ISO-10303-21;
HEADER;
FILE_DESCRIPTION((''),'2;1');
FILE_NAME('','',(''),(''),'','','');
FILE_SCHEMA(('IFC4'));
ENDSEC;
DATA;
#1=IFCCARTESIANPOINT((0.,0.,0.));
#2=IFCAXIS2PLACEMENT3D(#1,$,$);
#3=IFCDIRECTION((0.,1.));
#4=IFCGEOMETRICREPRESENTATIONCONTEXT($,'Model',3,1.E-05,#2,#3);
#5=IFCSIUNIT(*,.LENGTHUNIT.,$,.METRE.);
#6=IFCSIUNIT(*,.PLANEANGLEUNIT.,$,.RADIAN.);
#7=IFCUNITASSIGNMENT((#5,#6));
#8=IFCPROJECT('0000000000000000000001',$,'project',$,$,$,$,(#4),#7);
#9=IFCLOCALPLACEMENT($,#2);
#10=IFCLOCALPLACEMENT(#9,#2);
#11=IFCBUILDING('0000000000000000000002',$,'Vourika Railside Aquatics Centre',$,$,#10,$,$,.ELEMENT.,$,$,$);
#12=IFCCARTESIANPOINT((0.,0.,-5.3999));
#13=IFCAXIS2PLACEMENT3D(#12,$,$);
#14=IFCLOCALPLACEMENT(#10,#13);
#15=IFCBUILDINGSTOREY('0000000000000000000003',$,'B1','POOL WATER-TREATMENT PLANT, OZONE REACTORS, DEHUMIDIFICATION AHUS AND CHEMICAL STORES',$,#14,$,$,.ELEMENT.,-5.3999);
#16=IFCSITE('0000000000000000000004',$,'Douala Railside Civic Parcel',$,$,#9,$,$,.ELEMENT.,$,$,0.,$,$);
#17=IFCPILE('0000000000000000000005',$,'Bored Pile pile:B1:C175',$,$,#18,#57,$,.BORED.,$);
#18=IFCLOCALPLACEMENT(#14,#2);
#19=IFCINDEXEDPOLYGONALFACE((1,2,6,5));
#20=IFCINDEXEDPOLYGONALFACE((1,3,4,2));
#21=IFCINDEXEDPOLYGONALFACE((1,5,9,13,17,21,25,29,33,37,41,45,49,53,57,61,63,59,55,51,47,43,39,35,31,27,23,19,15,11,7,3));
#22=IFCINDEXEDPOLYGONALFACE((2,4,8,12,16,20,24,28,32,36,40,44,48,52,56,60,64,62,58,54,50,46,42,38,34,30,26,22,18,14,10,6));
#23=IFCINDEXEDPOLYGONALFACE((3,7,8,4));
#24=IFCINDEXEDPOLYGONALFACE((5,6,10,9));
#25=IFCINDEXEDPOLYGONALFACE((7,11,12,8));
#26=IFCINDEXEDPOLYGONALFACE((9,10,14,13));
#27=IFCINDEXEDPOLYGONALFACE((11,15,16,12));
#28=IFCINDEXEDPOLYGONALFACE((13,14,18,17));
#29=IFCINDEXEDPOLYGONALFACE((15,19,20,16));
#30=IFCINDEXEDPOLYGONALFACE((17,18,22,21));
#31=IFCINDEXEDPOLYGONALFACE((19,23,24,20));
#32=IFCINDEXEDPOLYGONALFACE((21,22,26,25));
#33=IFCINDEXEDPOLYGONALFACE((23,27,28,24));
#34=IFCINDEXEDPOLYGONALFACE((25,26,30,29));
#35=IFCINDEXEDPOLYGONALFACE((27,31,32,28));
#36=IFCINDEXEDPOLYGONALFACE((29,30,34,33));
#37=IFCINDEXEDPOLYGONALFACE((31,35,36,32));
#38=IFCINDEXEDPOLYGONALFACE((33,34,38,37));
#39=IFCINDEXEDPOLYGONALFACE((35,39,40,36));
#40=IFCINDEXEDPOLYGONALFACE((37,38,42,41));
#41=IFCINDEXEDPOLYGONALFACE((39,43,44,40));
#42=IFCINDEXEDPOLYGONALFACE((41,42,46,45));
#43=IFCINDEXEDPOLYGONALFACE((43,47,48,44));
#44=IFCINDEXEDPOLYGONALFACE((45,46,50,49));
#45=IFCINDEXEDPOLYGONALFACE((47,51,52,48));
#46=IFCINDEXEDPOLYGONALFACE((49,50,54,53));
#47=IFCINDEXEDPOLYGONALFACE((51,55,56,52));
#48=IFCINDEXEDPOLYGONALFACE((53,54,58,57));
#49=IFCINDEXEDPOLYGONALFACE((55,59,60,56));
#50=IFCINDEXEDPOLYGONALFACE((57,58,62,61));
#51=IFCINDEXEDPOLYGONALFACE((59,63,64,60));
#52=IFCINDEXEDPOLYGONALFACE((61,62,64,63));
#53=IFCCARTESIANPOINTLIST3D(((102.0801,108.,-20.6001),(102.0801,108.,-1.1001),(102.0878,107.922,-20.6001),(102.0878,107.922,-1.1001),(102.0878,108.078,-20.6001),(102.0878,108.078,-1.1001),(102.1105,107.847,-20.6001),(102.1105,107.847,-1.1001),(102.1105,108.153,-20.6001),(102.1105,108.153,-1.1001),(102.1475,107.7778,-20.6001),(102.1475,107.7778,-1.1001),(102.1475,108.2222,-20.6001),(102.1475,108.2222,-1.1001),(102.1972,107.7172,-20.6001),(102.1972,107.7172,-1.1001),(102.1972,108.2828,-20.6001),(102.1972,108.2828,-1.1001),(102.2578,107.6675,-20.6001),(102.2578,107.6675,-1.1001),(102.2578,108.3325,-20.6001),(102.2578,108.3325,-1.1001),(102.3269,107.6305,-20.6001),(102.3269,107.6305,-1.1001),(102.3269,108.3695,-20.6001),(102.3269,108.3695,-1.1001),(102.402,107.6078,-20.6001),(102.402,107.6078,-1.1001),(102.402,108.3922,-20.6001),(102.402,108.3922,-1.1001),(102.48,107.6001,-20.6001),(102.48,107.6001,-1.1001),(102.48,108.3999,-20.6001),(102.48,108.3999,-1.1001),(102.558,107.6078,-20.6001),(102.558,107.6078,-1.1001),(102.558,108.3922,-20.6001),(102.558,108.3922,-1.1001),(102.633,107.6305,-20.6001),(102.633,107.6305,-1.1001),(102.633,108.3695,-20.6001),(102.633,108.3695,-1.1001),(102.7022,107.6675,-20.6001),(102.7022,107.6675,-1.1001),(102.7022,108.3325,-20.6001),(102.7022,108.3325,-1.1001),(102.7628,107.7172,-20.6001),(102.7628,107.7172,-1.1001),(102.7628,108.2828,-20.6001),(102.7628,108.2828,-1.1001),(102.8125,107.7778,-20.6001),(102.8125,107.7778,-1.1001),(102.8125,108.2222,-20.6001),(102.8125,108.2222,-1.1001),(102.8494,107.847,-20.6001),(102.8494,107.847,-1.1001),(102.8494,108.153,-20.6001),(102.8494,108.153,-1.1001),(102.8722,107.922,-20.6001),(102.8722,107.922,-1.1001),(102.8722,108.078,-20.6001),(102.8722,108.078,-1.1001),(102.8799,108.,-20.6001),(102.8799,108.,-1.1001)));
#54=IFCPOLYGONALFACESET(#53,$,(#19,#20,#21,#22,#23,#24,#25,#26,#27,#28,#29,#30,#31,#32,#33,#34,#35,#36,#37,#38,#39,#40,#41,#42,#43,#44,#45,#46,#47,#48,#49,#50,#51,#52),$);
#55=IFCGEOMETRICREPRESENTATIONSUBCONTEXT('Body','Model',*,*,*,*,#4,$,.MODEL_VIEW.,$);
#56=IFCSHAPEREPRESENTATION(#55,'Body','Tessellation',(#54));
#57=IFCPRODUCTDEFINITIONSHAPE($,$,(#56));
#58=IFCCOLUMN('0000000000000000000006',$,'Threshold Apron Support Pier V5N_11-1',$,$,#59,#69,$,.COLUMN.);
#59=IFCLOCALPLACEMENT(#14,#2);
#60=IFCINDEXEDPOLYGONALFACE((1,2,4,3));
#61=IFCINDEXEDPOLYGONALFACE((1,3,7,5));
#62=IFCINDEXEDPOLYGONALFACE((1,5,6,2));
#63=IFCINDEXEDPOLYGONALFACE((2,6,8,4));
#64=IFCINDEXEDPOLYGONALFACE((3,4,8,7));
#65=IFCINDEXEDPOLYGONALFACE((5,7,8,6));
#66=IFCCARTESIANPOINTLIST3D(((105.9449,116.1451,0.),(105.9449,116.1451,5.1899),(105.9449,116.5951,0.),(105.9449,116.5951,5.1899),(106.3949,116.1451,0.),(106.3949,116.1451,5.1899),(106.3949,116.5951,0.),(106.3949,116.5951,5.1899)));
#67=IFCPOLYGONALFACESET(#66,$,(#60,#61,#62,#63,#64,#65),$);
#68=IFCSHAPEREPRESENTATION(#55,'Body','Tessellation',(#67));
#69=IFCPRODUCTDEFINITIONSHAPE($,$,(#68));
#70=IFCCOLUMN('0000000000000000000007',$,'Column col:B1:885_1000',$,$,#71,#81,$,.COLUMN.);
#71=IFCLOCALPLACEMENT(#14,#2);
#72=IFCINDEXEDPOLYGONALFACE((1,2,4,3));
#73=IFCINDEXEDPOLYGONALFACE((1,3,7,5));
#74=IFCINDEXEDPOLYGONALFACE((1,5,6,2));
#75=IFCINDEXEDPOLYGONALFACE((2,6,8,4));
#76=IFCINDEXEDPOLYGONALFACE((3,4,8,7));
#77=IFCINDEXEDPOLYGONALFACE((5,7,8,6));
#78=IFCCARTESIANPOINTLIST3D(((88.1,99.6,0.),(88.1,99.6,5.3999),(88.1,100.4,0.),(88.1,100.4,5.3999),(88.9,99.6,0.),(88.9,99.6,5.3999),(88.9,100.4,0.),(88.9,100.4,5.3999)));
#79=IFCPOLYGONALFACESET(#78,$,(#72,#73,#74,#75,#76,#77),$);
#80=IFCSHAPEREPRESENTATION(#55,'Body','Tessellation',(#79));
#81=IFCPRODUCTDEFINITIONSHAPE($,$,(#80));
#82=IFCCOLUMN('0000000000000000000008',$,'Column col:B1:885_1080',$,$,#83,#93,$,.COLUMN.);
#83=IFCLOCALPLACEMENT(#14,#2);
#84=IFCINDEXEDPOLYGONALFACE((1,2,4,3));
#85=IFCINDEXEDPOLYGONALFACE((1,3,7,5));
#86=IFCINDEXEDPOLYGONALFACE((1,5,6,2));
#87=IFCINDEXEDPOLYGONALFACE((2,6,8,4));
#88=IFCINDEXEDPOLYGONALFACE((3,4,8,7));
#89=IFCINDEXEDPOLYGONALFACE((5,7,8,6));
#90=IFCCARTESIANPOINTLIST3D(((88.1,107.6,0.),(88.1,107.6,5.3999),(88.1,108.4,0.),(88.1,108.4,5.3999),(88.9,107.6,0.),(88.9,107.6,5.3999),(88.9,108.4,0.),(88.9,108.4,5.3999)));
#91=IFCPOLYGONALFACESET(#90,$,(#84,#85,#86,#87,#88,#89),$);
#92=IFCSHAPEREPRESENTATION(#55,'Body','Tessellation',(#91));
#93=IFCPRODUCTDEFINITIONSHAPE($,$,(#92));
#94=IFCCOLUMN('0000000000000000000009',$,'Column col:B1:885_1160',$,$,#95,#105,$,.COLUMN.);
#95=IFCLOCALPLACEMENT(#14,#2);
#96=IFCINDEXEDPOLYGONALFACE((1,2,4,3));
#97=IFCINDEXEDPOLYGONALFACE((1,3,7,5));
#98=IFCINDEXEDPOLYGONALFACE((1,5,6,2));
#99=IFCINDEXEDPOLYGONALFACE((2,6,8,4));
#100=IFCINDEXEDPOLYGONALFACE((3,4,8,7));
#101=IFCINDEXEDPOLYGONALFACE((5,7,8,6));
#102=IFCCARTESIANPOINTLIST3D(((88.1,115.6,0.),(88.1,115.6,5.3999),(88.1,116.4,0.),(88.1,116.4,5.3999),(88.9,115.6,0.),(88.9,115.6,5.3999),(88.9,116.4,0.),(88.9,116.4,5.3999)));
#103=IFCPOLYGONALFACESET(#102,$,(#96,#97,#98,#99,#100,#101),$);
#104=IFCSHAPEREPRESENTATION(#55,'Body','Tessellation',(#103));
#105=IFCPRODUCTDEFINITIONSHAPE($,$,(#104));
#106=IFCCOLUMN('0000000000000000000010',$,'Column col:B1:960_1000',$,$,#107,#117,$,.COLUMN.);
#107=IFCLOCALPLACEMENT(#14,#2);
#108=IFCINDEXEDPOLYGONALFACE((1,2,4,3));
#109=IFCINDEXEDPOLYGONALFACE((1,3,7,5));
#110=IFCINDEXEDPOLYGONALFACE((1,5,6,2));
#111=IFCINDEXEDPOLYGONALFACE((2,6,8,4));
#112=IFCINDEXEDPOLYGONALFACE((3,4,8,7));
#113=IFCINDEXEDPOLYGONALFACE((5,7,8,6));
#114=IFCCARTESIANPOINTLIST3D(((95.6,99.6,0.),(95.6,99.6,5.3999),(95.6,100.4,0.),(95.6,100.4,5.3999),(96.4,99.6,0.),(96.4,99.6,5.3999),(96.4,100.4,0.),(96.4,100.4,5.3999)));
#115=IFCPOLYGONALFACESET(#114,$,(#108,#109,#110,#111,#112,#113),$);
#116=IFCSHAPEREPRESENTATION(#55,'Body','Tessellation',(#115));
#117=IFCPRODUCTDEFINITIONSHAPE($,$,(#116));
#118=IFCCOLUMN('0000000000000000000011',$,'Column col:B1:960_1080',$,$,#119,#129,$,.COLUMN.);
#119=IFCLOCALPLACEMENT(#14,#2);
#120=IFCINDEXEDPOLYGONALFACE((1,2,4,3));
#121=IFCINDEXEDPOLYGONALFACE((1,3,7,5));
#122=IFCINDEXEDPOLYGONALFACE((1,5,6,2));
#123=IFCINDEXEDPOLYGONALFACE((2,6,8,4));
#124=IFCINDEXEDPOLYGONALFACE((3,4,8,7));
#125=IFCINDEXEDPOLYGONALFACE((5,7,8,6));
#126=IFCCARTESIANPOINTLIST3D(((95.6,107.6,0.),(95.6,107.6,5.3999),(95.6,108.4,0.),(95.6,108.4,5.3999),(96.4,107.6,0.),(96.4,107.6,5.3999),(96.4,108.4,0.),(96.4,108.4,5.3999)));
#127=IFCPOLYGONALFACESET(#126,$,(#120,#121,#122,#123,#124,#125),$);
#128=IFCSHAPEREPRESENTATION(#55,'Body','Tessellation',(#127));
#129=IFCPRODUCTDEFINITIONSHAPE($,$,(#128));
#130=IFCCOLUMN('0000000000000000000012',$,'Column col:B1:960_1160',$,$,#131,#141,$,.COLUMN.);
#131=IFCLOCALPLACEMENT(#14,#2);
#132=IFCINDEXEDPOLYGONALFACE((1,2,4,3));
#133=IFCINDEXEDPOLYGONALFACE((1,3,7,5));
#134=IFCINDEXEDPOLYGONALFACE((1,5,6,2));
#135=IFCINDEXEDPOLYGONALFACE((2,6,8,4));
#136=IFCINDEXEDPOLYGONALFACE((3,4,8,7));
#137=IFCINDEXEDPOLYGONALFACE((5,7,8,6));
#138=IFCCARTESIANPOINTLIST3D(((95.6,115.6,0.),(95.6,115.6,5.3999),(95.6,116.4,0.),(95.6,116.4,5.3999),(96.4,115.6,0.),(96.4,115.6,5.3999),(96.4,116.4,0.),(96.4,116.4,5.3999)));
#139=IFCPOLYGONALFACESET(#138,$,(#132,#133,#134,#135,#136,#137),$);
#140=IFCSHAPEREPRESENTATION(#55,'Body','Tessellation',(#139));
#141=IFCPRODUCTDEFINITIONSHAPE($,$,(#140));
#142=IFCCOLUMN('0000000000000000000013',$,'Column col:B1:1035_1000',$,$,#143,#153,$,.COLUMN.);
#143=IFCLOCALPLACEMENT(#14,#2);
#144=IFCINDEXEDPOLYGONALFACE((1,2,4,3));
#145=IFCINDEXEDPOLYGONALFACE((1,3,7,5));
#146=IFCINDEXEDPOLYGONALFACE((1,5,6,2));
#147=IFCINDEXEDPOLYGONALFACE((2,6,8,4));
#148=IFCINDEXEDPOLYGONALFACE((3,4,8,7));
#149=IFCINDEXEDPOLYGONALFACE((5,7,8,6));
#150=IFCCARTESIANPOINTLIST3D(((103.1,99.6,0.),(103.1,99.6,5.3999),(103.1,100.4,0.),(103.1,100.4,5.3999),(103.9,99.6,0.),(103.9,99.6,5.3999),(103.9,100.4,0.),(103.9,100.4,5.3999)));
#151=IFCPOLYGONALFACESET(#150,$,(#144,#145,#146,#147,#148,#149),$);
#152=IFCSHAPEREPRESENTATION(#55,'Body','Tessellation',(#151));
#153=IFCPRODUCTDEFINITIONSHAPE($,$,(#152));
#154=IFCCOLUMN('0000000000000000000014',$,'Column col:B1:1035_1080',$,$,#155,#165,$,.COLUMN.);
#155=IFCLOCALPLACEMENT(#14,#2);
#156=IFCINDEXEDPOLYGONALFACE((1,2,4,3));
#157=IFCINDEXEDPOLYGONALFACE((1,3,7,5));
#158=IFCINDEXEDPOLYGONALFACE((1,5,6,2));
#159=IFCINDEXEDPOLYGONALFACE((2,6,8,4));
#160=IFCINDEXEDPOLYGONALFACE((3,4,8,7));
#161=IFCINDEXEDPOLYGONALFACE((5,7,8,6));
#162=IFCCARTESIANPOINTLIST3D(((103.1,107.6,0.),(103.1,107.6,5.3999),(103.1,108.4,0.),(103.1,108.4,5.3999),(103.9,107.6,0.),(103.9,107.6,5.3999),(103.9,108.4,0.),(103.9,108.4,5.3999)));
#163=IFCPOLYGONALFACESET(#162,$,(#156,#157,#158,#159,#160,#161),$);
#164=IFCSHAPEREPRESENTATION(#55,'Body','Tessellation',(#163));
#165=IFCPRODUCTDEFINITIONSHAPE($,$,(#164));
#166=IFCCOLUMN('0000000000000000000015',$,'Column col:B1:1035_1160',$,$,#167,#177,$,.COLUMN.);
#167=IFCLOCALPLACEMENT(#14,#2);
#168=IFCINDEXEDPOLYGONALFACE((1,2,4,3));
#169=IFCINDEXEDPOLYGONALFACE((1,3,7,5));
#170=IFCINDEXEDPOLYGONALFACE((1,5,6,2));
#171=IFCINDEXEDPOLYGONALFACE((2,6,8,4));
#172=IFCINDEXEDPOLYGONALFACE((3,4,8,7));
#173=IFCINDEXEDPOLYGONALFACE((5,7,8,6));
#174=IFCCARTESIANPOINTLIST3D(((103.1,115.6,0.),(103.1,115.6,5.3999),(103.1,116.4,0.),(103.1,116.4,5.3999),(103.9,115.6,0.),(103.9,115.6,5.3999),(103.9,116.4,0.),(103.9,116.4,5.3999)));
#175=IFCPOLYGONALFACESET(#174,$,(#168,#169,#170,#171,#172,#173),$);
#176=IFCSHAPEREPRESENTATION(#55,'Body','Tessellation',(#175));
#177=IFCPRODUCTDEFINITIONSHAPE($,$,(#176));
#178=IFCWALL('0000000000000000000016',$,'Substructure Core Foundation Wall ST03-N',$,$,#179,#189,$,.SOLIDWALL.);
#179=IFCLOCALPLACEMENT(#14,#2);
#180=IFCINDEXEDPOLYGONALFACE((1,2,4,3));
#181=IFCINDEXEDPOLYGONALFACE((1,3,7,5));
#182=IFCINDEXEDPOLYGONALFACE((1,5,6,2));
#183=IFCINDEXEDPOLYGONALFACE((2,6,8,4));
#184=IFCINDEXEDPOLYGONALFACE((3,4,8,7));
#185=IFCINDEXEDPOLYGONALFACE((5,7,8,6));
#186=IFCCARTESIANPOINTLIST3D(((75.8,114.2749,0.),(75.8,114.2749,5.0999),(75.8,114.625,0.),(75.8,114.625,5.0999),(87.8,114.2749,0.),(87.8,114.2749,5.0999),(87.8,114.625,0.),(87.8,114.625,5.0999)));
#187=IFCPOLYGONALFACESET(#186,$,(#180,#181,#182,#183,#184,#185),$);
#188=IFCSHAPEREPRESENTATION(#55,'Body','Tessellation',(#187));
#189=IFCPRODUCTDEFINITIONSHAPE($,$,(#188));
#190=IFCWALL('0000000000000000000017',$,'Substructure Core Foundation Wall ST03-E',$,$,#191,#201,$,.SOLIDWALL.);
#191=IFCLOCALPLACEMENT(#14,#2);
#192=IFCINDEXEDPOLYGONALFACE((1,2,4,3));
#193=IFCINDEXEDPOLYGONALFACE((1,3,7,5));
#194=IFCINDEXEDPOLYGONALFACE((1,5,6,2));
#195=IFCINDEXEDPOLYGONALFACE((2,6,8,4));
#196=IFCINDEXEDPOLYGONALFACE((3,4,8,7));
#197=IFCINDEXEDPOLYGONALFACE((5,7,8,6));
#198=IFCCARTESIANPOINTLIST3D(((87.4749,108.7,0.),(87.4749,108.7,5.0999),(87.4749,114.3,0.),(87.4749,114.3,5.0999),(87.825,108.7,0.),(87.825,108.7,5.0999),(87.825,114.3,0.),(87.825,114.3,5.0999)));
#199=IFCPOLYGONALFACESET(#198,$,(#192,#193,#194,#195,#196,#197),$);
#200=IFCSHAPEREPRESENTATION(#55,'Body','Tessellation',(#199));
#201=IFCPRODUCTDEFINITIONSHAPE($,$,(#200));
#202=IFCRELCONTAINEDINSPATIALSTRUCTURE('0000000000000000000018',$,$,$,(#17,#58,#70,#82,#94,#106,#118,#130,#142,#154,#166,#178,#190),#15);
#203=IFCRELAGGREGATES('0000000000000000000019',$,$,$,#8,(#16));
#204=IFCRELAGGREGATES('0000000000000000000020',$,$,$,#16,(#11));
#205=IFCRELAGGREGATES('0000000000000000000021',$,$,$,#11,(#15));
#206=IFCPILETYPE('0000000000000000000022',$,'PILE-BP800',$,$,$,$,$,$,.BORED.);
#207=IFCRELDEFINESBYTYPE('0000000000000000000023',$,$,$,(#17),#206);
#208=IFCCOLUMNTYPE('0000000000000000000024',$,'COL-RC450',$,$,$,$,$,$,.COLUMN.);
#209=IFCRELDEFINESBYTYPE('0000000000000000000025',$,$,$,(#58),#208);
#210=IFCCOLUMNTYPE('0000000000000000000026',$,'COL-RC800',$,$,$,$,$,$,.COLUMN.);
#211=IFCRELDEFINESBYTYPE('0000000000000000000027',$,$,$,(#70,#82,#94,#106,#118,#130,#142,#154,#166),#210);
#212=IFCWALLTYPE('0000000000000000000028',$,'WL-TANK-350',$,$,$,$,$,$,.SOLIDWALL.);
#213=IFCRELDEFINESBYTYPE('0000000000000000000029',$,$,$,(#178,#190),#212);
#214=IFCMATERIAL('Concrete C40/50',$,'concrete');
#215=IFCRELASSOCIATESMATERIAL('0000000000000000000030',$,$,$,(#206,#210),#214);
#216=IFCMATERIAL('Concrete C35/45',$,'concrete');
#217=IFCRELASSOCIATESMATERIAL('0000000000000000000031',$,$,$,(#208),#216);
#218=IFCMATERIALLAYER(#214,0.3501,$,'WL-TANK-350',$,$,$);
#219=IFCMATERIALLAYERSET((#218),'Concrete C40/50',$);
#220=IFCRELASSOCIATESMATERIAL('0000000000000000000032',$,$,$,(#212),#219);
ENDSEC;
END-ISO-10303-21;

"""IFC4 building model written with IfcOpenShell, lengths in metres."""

from ifc_helpers import new_model, si_unit, direction, frame, frame_2d, origin, origin_2d, place, context, subcontext, project, spatial, rectangle, circle, extrude, material, layer, layer_set, material_profile, profile_set, type_object, element, save


model = new_model("IFC4")

# Units and contexts
model_context = context("Model", 3, precision=1e-05, world=origin(), true_north=direction((0.0, 1.0)))
body_context = subcontext(model_context, "Body", "Model", "MODEL_VIEW")
ifc_project = project(units=[si_unit("LENGTHUNIT", "METRE"), si_unit("PLANEANGLEUNIT", "RADIAN")], contexts=[model_context])

# Site, building, storey
site_placement = place(None, origin())
site = spatial("IfcSite", under=ifc_project, at=site_placement, Name="Douala Railside Civic Parcel", CompositionType="ELEMENT", RefElevation=0.0)
building_placement = place(site_placement, origin())
building = spatial("IfcBuilding", under=site, at=building_placement, Name="Vourika Railside Aquatics Centre", CompositionType="ELEMENT")
storey_placement = place(building_placement, frame((0.0, 0.0, -5.3999)))
storey = spatial("IfcBuildingStorey", under=building, at=storey_placement, Name="B1", Description="POOL WATER-TREATMENT PLANT, OZONE REACTORS, DEHUMIDIFICATION AHUS AND CHEMICAL STORES", CompositionType="ELEMENT", Elevation=-5.3999)

# Shared definitions
ifc_material_1 = material(Name="Concrete C40/50", Category="concrete")

# Pile
ifc_material_profile_1 = material_profile(ifc_material_1, circle(Radius=0.3999, at=origin_2d()), Name="BP 800")
ifc_profile_set_1 = profile_set([ifc_material_profile_1], Name="Concrete C40/50")
pile_type = type_object("IfcPileType", Name="PILE-BP800", PredefinedType="BORED", material=ifc_profile_set_1)
for number, where, z_axis, x_axis, name in (
    (1, (102.48, 108.0, -1.1001), (0.0, 0.0, -1.0), (1.0, 0.0, 0.0), "Bored Pile pile:B1:C175"),
):
    element("IfcPile", number, at=place(storey_placement, frame(where, z_axis=z_axis, x_axis=x_axis)), inside=storey, type_object=pile_type, Name=name, PredefinedType="BORED", context=body_context, shape_type="SweptSolid", body=[
        extrude(circle(Radius=0.3999, at=origin_2d()), origin(), (0.0, 0.0, 1.0), 19.5),
    ])

# Columns
ifc_material_2 = material(Name="Concrete C35/45", Category="concrete")
ifc_material_profile_2 = material_profile(ifc_material_2, rectangle(XDim=0.45, YDim=0.45, at=origin_2d()), Name="RC 450x450")
ifc_profile_set_2 = profile_set([ifc_material_profile_2], Name="Concrete C35/45")
column_type_1 = type_object("IfcColumnType", Name="COL-RC450", PredefinedType="COLUMN", material=ifc_profile_set_2)
column_placement = place(storey_placement, frame((106.1699, 116.3701, 0.0), z_axis=(0.0, 0.0, 1.0), x_axis=(1.0, 0.0, 0.0)))
element("IfcColumn", 2, at=column_placement, inside=storey, type_object=column_type_1, Name="Threshold Apron Support Pier V5N_11-1", PredefinedType="COLUMN", context=body_context, shape_type="SweptSolid", body=[
    extrude(rectangle(XDim=0.45, YDim=0.45, at=origin_2d()), origin(), (0.0, 0.0, 1.0), 5.1899),
])
ifc_material_profile_3 = material_profile(ifc_material_1, rectangle(XDim=0.8, YDim=0.8, at=origin_2d()), Name="RC 800x800")
ifc_profile_set_3 = profile_set([ifc_material_profile_3], Name="Concrete C40/50")
column_type_2 = type_object("IfcColumnType", Name="COL-RC800", PredefinedType="COLUMN", material=ifc_profile_set_3)
for number, where, z_axis, x_axis, name in (
    (3, (88.5, 100.0, 0.0), (0.0, 0.0, 1.0), (1.0, 0.0, 0.0), "Column col:B1:885_1000"),
    (4, (88.5, 108.0, 0.0), (0.0, 0.0, 1.0), (1.0, 0.0, 0.0), "Column col:B1:885_1080"),
    (5, (88.5, 116.0, 0.0), (0.0, 0.0, 1.0), (1.0, 0.0, 0.0), "Column col:B1:885_1160"),
    (6, (96.0, 100.0, 0.0), (0.0, 0.0, 1.0), (1.0, 0.0, 0.0), "Column col:B1:960_1000"),
    (7, (96.0, 108.0, 0.0), (0.0, 0.0, 1.0), (1.0, 0.0, 0.0), "Column col:B1:960_1080"),
    (8, (96.0, 116.0, 0.0), (0.0, 0.0, 1.0), (1.0, 0.0, 0.0), "Column col:B1:960_1160"),
    (9, (103.5, 100.0, 0.0), (0.0, 0.0, 1.0), (1.0, 0.0, 0.0), "Column col:B1:1035_1000"),
    (10, (103.5, 108.0, 0.0), (0.0, 0.0, 1.0), (1.0, 0.0, 0.0), "Column col:B1:1035_1080"),
    (11, (103.5, 116.0, 0.0), (0.0, 0.0, 1.0), (1.0, 0.0, 0.0), "Column col:B1:1035_1160"),
):
    element("IfcColumn", number, at=place(storey_placement, frame(where, z_axis=z_axis, x_axis=x_axis)), inside=storey, type_object=column_type_2, Name=name, PredefinedType="COLUMN", context=body_context, shape_type="SweptSolid", body=[
        extrude(rectangle(XDim=0.8, YDim=0.8, at=origin_2d()), origin(), (0.0, 0.0, 1.0), 5.3999),
    ])

# Walls
ifc_layer = layer(ifc_material_1, 0.3501, Name="WL-TANK-350")
ifc_layer_set = layer_set([ifc_layer], Name="Concrete C40/50")
wall_type = type_object("IfcWallType", Name="WL-TANK-350", PredefinedType="SOLIDWALL", material=ifc_layer_set)
wall_1_placement = place(storey_placement, frame((87.8, 114.45, 0.0), z_axis=(0.0, 0.0, 1.0), x_axis=(-1.0, 0.0, 0.0)))
element("IfcWall", 12, at=wall_1_placement, inside=storey, type_object=wall_type, Name="Substructure Core Foundation Wall ST03-N", PredefinedType="SOLIDWALL", context=body_context, shape_type="SweptSolid", body=[
    extrude(rectangle(XDim=12.0, YDim=0.3501, at=frame_2d((6.0, 0.0))), origin(), (0.0, 0.0, 1.0), 5.0999),
])
wall_2_placement = place(storey_placement, frame((87.6499, 108.7, 0.0), z_axis=(0.0, 0.0, 1.0), x_axis=(0.0, 1.0, 0.0)))
element("IfcWall", 13, at=wall_2_placement, inside=storey, type_object=wall_type, Name="Substructure Core Foundation Wall ST03-E", PredefinedType="SOLIDWALL", context=body_context, shape_type="SweptSolid", body=[
    extrude(rectangle(XDim=5.6001, YDim=0.3501, at=frame_2d((2.8, 0.0))), origin(), (0.0, 0.0, 1.0), 5.0999),
])

save(model, "model.ifc")
